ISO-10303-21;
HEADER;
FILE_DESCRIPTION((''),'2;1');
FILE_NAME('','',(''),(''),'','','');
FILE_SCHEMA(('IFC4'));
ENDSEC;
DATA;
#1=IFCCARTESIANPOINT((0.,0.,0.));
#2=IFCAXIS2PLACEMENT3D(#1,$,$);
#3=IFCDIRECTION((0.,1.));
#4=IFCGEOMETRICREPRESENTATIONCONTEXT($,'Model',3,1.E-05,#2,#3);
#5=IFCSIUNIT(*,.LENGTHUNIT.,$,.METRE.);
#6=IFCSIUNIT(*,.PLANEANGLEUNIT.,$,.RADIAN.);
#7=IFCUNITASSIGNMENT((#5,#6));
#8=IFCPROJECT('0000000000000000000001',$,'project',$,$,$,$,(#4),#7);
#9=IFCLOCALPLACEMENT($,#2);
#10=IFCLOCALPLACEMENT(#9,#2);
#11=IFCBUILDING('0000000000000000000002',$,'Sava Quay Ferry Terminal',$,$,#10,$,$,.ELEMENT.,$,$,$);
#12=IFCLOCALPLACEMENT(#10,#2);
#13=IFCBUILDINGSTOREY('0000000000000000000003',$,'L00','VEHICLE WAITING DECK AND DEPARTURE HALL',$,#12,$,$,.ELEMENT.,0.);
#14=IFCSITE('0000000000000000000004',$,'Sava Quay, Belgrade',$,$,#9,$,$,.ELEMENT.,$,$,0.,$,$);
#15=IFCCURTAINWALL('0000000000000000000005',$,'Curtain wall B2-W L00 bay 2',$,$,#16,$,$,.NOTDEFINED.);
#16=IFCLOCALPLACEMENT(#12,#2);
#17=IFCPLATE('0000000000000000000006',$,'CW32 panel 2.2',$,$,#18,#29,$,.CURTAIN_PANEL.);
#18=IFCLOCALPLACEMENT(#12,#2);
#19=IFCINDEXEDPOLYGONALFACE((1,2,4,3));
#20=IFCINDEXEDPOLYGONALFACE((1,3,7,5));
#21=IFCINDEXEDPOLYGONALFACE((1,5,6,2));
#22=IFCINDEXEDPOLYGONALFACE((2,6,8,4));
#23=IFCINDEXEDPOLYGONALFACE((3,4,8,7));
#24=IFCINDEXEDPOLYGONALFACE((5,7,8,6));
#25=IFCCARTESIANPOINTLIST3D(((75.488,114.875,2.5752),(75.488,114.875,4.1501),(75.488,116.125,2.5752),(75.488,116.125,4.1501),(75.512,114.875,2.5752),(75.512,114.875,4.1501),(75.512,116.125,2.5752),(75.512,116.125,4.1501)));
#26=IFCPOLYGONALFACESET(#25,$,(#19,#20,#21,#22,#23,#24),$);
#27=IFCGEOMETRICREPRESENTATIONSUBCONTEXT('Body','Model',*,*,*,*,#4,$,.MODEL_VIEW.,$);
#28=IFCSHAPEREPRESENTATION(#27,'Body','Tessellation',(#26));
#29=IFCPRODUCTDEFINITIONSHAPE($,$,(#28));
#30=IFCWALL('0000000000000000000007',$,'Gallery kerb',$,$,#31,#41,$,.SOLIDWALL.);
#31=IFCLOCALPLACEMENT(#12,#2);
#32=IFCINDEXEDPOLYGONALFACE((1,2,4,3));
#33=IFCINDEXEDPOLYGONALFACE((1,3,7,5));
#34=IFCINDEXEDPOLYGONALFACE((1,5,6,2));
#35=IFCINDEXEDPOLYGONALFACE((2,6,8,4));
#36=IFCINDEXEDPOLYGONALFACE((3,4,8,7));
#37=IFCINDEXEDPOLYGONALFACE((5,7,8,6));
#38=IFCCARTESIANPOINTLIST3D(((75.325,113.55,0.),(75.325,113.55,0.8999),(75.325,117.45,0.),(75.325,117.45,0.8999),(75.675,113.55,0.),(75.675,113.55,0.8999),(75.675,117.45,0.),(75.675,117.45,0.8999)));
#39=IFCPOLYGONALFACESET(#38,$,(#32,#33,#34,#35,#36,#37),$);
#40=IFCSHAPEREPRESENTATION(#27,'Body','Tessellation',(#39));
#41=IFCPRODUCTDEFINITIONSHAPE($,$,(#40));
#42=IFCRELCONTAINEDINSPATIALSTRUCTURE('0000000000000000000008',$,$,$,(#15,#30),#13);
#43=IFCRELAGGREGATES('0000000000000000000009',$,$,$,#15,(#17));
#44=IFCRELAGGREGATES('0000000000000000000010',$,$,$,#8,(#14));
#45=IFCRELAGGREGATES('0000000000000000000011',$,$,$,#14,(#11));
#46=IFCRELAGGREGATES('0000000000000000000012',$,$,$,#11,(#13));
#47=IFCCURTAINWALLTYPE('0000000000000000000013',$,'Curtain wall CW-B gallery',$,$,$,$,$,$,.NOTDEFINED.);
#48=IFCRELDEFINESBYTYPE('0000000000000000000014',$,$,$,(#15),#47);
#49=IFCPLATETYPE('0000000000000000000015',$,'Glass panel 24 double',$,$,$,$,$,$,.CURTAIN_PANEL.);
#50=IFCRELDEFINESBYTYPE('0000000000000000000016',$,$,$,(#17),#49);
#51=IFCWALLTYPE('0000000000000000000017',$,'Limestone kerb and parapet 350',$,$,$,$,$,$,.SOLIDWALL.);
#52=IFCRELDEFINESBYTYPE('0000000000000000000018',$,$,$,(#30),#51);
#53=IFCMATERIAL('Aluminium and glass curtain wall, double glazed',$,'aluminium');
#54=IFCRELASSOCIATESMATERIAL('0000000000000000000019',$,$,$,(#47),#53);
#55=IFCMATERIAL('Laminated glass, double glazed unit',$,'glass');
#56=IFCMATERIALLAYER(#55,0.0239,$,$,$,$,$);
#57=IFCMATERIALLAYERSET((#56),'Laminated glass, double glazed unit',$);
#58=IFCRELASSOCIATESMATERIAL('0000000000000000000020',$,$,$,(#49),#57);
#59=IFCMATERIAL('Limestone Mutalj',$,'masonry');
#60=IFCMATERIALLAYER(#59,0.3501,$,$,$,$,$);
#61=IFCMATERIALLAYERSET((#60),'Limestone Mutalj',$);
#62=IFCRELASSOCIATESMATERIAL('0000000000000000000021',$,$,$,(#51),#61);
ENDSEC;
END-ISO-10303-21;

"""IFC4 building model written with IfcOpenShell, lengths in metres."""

from ifc_helpers import new_model, si_unit, direction, frame, frame_2d, origin, origin_2d, place, context, subcontext, project, spatial, rectangle, extrude, material, layer, layer_set, type_object, element, aggregate, save


model = new_model("IFC4")

# Units and contexts
model_context = context("Model", 3, precision=1e-05, world=origin(), true_north=direction((0.0, 1.0)))
body_context = subcontext(model_context, "Body", "Model", "MODEL_VIEW")
ifc_project = project(units=[si_unit("LENGTHUNIT", "METRE"), si_unit("PLANEANGLEUNIT", "RADIAN")], contexts=[model_context])

# Site, building, storey
site_placement = place(None, origin())
site = spatial("IfcSite", under=ifc_project, at=site_placement, Name="Sava Quay, Belgrade", CompositionType="ELEMENT", RefElevation=0.0)
building_placement = place(site_placement, origin())
building = spatial("IfcBuilding", under=site, at=building_placement, Name="Sava Quay Ferry Terminal", CompositionType="ELEMENT")
storey_placement = place(building_placement, origin())
storey = spatial("IfcBuildingStorey", under=building, at=storey_placement, Name="L00", Description="VEHICLE WAITING DECK AND DEPARTURE HALL", CompositionType="ELEMENT", Elevation=0.0)

# Shared definitions
ifc_material_1 = material(Name="Aluminium and glass curtain wall, double glazed", Category="aluminium")
curtain_wall_type = type_object("IfcCurtainWallType", Name="Curtain wall CW-B gallery", PredefinedType="NOTDEFINED", material=ifc_material_1)

# Curtain wall
curtain_wall_1_placement = place(storey_placement, origin())
curtain_wall_1 = element("IfcCurtainWall", 1, at=curtain_wall_1_placement, inside=storey, type_object=curtain_wall_type, Name="Curtain wall B2-W L00 bay 2", PredefinedType="NOTDEFINED")

# Plate
ifc_material_2 = material(Name="Laminated glass, double glazed unit", Category="glass")
ifc_layer_1 = layer(ifc_material_2, 0.0239)
ifc_layer_set_1 = layer_set([ifc_layer_1], Name="Laminated glass, double glazed unit")
plate_type = type_object("IfcPlateType", Name="Glass panel 24 double", PredefinedType="CURTAIN_PANEL", material=ifc_layer_set_1)
plate_1_placement = place(storey_placement, frame((75.5, 115.5, 2.5752), z_axis=(0.0, 0.0, 1.0), x_axis=(0.0, 1.0, 0.0)))
plate_1 = element("IfcPlate", 2, at=plate_1_placement, type_object=plate_type, Name="CW32 panel 2.2", PredefinedType="CURTAIN_PANEL", context=body_context, shape_type="SweptSolid", body=[
    extrude(rectangle(XDim=1.25, YDim=0.0239, at=origin_2d()), origin(), (0.0, 0.0, 1.0), 1.575),
])
aggregate(curtain_wall_1, [plate_1])

# Wall
ifc_material_3 = material(Name="Limestone Mutalj", Category="masonry")
ifc_layer_2 = layer(ifc_material_3, 0.3501)
ifc_layer_set_2 = layer_set([ifc_layer_2], Name="Limestone Mutalj")
wall_type_1 = type_object("IfcWallType", Name="Limestone kerb and parapet 350", PredefinedType="SOLIDWALL", material=ifc_layer_set_2)
wall_1_placement = place(storey_placement, frame((75.5, 113.55, 0.0), z_axis=(0.0, 0.0, 1.0), x_axis=(0.0, 1.0, 0.0)))
element("IfcWall", 3, at=wall_1_placement, inside=storey, type_object=wall_type_1, Name="Gallery kerb", PredefinedType="SOLIDWALL", context=body_context, shape_type="SweptSolid", body=[
    extrude(rectangle(XDim=3.8999, YDim=0.3501, at=frame_2d((1.95, 0.0))), origin(), (0.0, 0.0, 1.0), 0.8999),
])

save(model, "model.ifc")
